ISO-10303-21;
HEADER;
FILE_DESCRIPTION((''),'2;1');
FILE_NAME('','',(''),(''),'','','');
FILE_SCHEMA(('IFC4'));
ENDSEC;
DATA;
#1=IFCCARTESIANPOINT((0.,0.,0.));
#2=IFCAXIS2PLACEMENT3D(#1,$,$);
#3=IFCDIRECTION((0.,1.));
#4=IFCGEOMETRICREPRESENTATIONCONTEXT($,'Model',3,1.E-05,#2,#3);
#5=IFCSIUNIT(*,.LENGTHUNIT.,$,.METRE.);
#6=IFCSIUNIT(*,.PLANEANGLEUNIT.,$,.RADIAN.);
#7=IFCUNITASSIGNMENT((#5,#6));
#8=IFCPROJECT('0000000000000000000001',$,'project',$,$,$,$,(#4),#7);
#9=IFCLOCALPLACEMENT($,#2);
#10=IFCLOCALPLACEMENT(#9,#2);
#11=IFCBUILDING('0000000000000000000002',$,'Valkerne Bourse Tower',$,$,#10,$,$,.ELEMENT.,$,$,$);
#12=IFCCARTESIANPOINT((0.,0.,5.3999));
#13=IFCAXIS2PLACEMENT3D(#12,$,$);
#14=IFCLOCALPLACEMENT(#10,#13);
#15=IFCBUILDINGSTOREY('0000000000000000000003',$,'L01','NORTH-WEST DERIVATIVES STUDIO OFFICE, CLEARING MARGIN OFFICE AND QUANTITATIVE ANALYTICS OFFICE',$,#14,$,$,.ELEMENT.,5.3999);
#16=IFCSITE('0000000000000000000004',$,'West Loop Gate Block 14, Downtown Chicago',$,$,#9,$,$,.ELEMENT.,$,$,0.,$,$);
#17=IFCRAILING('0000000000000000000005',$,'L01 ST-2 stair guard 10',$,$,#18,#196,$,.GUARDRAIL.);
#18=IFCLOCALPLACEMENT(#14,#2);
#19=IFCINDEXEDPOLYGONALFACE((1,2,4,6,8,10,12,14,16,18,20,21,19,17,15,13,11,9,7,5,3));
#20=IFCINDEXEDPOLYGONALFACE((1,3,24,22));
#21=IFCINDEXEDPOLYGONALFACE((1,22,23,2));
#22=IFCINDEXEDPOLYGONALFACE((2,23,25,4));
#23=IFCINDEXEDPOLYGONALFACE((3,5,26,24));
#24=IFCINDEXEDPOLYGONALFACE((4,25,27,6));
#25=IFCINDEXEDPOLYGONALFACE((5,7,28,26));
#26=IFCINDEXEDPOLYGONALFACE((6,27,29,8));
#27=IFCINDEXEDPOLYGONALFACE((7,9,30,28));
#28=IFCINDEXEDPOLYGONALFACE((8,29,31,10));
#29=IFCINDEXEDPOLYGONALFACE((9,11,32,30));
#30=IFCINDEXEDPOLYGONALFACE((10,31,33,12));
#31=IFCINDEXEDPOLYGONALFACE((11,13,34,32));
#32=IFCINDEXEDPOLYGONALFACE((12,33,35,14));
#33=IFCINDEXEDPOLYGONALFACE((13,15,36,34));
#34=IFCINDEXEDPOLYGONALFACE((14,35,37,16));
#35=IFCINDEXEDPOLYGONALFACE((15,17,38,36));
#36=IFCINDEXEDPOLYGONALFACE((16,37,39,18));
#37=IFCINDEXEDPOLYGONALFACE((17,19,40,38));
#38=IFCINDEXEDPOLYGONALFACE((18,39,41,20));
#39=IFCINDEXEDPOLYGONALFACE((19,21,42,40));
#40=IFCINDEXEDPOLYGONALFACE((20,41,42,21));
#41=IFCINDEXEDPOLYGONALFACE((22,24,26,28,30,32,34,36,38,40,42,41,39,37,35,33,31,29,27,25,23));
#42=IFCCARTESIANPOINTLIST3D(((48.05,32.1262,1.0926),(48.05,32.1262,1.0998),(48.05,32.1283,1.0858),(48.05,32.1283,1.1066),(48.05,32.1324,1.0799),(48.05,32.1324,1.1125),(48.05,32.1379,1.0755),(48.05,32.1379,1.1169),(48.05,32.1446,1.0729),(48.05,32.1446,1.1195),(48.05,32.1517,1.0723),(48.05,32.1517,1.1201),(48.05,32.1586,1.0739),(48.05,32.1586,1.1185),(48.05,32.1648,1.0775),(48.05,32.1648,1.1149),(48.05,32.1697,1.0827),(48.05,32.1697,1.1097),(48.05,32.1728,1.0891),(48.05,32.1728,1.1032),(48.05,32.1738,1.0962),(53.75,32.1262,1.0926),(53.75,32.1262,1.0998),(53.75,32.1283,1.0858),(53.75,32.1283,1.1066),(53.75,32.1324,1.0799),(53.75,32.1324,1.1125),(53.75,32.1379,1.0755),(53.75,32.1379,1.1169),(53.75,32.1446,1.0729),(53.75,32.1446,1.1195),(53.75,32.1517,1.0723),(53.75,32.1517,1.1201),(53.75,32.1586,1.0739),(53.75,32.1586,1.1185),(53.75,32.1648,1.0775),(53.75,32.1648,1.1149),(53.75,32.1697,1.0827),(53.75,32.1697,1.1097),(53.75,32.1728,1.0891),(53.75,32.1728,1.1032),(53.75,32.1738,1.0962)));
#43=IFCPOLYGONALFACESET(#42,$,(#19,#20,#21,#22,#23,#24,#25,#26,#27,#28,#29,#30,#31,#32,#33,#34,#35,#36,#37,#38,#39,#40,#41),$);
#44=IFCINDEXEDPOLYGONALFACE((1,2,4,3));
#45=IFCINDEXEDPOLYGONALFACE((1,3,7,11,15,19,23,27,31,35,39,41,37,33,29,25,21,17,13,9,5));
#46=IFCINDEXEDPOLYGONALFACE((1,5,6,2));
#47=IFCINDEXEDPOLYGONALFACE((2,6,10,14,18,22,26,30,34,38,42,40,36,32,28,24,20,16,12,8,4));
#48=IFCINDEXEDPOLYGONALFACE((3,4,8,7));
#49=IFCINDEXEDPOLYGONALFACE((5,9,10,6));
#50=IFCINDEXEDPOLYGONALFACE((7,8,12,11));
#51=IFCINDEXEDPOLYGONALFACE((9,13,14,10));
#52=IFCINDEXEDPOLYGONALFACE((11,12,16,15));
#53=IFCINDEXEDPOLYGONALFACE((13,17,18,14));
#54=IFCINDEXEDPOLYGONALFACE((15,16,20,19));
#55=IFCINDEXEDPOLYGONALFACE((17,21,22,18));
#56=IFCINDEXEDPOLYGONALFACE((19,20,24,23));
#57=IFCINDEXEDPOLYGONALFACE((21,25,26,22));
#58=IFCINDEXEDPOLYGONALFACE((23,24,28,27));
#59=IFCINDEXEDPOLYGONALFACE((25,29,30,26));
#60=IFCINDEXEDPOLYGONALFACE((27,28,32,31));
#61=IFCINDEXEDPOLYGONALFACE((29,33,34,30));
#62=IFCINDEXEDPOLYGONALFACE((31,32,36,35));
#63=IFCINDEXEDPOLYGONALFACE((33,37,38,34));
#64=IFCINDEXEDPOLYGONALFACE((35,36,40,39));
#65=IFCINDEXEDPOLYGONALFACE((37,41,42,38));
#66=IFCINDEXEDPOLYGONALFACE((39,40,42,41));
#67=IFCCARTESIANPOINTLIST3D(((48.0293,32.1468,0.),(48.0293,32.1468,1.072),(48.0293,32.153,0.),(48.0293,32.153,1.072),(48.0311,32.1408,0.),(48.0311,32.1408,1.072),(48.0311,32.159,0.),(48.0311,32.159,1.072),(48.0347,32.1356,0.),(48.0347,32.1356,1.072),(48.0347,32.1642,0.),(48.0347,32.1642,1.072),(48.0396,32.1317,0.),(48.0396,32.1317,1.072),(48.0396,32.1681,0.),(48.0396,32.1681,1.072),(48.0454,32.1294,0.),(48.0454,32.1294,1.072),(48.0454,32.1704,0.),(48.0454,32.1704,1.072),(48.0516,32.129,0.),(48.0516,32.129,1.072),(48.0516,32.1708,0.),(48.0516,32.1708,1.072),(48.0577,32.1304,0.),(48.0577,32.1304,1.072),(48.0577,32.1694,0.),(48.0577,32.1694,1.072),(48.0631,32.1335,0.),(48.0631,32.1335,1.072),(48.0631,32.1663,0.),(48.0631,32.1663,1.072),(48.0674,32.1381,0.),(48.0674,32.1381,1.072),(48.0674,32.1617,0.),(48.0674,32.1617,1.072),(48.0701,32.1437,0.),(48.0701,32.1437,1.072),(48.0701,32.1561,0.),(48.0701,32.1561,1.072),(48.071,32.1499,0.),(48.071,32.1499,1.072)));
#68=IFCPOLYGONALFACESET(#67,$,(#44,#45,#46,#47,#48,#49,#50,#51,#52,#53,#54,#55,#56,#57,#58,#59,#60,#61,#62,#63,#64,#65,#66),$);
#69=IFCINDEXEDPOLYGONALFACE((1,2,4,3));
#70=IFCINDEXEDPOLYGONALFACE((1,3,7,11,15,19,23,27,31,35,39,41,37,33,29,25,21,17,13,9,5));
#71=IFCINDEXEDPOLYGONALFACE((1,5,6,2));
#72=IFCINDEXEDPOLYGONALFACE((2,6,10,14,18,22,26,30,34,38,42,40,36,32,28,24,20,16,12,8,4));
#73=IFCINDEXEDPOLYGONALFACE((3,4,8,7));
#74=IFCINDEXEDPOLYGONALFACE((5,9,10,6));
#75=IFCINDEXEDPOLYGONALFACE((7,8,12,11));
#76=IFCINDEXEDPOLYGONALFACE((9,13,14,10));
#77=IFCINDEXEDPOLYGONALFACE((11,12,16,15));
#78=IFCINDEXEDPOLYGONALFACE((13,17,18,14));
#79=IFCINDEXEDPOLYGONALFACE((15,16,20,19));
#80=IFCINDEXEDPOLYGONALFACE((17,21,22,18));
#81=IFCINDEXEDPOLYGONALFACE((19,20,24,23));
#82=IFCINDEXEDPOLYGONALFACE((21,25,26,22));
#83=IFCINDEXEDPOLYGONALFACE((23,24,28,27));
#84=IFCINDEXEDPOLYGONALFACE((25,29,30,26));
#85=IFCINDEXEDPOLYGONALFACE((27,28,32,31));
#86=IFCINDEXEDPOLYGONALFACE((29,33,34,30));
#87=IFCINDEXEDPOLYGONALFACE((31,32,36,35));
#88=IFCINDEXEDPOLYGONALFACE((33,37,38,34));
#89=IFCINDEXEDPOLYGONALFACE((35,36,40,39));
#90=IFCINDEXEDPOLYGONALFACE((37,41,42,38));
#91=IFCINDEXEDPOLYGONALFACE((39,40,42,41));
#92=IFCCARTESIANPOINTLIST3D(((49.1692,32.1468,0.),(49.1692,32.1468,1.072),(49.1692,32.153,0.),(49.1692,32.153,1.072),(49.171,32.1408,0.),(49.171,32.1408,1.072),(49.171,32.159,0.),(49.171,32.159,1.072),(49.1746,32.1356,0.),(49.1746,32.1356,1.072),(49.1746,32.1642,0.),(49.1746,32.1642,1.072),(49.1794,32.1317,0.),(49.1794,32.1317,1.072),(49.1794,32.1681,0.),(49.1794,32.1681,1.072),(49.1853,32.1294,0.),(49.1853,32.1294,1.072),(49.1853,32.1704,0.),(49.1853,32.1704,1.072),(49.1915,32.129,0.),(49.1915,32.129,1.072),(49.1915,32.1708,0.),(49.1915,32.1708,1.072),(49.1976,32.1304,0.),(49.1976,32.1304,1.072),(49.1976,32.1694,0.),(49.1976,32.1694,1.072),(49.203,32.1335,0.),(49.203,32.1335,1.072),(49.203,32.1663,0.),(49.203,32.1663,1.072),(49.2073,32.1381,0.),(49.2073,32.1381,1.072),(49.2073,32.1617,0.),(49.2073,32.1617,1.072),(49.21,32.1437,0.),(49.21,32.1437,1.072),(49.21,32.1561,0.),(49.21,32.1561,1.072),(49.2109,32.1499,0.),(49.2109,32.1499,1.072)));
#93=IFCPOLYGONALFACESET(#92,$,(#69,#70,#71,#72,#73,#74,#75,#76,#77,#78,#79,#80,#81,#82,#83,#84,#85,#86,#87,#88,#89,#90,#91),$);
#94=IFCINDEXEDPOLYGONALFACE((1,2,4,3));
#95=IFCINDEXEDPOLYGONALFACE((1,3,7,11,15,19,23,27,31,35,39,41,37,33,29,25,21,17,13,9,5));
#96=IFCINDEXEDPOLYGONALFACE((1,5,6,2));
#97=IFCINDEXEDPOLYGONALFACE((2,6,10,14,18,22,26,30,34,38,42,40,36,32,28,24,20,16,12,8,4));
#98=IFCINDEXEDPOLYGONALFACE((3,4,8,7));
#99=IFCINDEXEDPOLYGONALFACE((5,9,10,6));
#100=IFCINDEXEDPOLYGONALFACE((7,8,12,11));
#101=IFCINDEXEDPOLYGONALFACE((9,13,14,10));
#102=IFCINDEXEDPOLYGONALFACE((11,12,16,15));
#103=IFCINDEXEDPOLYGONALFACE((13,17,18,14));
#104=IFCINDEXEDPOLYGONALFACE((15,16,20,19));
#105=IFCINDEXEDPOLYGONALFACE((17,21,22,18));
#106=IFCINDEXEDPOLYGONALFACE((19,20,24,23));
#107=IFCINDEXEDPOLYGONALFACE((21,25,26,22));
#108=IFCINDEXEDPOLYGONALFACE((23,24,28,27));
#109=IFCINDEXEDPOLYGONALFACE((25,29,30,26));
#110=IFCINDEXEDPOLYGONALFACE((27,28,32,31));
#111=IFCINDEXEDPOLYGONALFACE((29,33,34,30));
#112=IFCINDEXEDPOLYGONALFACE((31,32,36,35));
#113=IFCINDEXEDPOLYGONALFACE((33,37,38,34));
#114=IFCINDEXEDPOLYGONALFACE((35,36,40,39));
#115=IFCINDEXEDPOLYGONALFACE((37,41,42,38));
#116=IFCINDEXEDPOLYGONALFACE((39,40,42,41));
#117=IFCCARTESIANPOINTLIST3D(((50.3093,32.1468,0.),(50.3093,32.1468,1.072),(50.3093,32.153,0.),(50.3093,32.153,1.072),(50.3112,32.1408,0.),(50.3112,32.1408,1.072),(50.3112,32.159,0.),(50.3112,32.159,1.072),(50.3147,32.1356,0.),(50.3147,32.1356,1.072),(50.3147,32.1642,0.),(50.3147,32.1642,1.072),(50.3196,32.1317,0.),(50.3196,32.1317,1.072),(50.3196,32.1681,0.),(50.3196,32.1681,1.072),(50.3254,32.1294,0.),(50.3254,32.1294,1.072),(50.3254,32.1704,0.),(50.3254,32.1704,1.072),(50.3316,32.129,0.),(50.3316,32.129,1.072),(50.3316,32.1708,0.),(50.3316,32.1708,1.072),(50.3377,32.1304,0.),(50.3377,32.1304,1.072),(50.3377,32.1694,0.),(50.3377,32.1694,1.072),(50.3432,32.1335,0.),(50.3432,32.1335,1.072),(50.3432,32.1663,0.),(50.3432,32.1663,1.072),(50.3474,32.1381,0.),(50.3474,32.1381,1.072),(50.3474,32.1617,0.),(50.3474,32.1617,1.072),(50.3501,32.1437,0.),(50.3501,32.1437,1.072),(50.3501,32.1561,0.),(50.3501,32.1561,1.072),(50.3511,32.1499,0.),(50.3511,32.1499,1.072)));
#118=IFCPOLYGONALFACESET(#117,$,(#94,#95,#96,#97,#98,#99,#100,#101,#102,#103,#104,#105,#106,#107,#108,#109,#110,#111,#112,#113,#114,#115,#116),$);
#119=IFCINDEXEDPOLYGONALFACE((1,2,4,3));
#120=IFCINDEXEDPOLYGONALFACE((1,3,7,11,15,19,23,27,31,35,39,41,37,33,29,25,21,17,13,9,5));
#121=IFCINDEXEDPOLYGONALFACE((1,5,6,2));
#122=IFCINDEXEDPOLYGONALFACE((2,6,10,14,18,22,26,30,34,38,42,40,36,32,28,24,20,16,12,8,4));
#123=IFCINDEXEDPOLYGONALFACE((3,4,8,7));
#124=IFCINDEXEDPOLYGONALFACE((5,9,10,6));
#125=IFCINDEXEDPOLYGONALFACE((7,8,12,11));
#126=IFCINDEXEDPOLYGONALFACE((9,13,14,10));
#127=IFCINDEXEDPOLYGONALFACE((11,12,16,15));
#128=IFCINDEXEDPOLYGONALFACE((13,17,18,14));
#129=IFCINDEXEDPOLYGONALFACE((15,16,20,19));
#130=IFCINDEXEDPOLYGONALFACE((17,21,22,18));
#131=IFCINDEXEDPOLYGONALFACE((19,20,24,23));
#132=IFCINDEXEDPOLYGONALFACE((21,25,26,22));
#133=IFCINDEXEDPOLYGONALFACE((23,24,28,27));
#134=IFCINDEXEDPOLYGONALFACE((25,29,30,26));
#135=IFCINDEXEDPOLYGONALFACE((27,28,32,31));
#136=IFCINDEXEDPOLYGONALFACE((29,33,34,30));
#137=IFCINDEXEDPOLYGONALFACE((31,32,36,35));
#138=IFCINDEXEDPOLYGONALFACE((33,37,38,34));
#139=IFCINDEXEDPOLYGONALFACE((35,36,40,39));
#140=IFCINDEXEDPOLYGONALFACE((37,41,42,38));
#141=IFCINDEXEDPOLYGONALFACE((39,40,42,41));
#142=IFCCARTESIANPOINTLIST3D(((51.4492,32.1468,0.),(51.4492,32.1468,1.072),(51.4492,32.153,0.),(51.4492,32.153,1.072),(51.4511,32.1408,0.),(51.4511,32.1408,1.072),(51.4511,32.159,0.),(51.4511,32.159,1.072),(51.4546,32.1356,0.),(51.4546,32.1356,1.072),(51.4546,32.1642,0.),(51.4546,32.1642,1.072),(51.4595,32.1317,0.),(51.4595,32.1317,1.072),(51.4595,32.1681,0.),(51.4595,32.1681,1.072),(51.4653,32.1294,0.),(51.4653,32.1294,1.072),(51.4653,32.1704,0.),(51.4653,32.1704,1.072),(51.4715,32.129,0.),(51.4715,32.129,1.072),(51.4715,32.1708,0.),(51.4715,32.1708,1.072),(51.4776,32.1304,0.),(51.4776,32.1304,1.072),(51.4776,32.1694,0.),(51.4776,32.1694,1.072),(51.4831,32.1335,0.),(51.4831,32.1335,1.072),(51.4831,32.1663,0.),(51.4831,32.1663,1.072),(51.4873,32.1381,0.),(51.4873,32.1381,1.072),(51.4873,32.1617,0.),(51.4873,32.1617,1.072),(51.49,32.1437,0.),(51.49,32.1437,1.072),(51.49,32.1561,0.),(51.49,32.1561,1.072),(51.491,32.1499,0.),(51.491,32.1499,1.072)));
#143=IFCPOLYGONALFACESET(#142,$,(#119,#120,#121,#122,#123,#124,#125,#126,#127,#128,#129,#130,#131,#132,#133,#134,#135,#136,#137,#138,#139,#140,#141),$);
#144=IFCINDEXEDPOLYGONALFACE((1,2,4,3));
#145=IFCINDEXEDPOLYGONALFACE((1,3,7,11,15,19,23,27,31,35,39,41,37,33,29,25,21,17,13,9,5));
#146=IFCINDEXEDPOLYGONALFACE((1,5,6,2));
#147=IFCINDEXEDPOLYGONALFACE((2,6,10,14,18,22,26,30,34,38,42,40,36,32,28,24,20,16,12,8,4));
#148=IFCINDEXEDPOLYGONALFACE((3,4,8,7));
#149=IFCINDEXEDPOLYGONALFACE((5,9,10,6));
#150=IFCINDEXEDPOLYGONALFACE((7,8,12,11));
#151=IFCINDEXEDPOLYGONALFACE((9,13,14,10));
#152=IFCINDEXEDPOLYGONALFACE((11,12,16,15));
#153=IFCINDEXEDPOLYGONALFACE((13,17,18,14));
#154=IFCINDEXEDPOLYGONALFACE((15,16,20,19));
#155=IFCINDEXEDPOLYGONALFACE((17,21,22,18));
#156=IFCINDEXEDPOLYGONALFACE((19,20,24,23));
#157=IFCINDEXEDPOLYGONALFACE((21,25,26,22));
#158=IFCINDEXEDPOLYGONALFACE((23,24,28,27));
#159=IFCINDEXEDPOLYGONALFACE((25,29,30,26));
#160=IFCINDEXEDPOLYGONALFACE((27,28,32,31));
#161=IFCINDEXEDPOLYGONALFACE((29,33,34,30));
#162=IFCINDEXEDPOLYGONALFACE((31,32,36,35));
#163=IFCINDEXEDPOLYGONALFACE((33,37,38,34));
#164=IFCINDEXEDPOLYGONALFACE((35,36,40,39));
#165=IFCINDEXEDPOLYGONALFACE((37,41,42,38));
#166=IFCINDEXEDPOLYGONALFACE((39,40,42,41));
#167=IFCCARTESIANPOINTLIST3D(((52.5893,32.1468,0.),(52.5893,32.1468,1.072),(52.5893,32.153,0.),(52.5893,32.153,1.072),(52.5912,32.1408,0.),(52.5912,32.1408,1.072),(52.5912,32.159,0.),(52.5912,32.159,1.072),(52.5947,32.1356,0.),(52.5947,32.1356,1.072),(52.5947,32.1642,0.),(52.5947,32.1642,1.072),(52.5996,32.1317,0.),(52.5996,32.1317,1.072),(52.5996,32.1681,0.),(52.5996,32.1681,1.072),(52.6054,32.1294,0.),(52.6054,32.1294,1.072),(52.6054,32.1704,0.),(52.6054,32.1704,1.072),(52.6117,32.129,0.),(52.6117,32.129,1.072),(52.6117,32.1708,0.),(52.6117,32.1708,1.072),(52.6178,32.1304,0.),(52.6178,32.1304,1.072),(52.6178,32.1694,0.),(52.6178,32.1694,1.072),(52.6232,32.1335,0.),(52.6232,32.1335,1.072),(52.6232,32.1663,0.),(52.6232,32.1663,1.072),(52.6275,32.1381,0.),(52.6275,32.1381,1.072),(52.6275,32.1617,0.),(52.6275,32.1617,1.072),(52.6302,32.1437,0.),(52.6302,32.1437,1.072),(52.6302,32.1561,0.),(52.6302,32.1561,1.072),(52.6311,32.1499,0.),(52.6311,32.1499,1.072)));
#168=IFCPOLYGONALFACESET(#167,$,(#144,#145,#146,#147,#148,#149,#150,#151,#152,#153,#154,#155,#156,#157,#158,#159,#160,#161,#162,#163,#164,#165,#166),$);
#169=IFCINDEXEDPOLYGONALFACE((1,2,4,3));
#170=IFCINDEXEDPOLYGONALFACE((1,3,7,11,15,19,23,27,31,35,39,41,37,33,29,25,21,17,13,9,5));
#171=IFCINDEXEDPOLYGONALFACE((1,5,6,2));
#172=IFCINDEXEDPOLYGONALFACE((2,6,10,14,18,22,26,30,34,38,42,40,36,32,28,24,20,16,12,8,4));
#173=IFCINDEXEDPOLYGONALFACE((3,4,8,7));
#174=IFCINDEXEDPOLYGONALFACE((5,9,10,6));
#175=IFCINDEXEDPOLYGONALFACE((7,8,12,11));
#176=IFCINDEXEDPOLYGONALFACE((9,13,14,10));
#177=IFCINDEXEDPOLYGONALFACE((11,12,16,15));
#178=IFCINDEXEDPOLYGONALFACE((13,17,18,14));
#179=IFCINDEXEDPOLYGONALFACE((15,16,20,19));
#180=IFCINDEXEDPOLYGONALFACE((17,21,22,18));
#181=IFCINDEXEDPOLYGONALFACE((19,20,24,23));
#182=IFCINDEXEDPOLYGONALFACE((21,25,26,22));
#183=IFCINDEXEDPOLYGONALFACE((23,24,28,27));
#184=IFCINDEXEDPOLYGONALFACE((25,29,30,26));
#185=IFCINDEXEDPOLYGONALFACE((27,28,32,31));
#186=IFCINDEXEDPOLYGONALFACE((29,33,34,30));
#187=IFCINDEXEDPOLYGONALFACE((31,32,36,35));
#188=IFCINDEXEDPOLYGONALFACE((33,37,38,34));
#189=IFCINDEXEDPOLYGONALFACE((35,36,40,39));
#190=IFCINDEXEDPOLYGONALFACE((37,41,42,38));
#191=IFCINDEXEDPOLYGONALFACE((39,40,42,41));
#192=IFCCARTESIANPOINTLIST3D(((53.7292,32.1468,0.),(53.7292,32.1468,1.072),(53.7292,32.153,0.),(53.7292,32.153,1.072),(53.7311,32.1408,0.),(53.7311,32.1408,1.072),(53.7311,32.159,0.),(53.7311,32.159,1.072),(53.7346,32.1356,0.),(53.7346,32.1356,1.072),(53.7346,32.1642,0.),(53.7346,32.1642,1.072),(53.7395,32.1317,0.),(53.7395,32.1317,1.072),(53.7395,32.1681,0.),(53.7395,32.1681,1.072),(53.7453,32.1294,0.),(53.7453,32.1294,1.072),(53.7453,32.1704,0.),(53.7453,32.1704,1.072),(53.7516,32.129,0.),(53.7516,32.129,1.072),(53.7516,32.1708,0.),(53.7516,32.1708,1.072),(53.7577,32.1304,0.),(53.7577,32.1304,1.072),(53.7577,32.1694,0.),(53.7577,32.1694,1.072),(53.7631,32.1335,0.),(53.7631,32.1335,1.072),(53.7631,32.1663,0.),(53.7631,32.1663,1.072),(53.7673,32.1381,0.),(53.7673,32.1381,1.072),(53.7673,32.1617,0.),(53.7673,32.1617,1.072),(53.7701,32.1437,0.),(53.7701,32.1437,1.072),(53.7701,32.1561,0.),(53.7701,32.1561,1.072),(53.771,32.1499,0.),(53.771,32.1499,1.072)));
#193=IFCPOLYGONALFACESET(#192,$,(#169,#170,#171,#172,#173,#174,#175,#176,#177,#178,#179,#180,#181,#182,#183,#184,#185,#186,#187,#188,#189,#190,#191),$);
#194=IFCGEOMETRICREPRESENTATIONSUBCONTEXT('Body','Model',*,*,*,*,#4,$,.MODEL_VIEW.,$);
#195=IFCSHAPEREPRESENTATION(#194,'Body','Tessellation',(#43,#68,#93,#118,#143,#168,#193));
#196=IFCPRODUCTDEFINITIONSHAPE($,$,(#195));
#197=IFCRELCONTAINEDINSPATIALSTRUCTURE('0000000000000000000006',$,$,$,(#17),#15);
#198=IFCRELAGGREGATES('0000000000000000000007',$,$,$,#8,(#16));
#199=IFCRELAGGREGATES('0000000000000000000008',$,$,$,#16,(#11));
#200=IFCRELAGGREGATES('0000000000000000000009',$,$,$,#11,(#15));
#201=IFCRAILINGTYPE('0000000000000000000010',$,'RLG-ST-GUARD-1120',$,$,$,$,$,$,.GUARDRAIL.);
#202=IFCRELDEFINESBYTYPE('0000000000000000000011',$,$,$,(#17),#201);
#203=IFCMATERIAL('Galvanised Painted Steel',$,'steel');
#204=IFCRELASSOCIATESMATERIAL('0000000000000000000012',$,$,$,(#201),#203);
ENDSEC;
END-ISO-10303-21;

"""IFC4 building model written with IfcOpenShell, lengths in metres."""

from ifc_helpers import new_model, si_unit, direction, frame, origin, origin_2d, place, context, subcontext, project, spatial, circle, extrude, material, type_object, element, save


model = new_model("IFC4")

# Units and contexts
model_context = context("Model", 3, precision=1e-05, world=origin(), true_north=direction((0.0, 1.0)))
body_context = subcontext(model_context, "Body", "Model", "MODEL_VIEW")
ifc_project = project(units=[si_unit("LENGTHUNIT", "METRE"), si_unit("PLANEANGLEUNIT", "RADIAN")], contexts=[model_context])

# Site, building, storey
site_placement = place(None, origin())
site = spatial("IfcSite", under=ifc_project, at=site_placement, Name="West Loop Gate Block 14, Downtown Chicago", CompositionType="ELEMENT", RefElevation=0.0)
building_placement = place(site_placement, origin())
building = spatial("IfcBuilding", under=site, at=building_placement, Name="Valkerne Bourse Tower", CompositionType="ELEMENT")
storey_placement = place(building_placement, frame((0.0, 0.0, 5.3999)))
storey = spatial("IfcBuildingStorey", under=building, at=storey_placement, Name="L01", Description="NORTH-WEST DERIVATIVES STUDIO OFFICE, CLEARING MARGIN OFFICE AND QUANTITATIVE ANALYTICS OFFICE", CompositionType="ELEMENT", Elevation=5.3999)

# Shared definitions
ifc_material_1 = material(Name="Galvanised Painted Steel", Category="steel")

# Railing
railing_type_1 = type_object("IfcRailingType", Name="RLG-ST-GUARD-1120", PredefinedType="GUARDRAIL", material=ifc_material_1)
railing_1_placement = place(storey_placement, frame((48.05, 32.1499, 0.0)))
element("IfcRailing", 1, at=railing_1_placement, inside=storey, type_object=railing_type_1, Name="L01 ST-2 stair guard 10", PredefinedType="GUARDRAIL", context=body_context, shape_type="SweptSolid", body=[
    extrude(circle(Radius=0.0239, at=origin_2d()), frame((0.0, 0.0, 1.0962), z_axis=(1.0, 0.0, 0.0), x_axis=(0.0, 1.0, 0.0)), (0.0, 0.0, 1.0), 5.7),
    extrude(circle(Radius=0.021, at=origin_2d()), origin(), (0.0, 0.0, 1.0), 1.072),
    extrude(circle(Radius=0.021, at=origin_2d()), frame((1.1399, 0.0, 0.0)), (0.0, 0.0, 1.0), 1.072),
    extrude(circle(Radius=0.021, at=origin_2d()), frame((2.28, 0.0, 0.0)), (0.0, 0.0, 1.0), 1.072),
    extrude(circle(Radius=0.021, at=origin_2d()), frame((3.4199, 0.0, 0.0)), (0.0, 0.0, 1.0), 1.072),
    extrude(circle(Radius=0.021, at=origin_2d()), frame((4.5601, 0.0, 0.0)), (0.0, 0.0, 1.0), 1.072),
    extrude(circle(Radius=0.021, at=origin_2d()), frame((5.7, 0.0, 0.0)), (0.0, 0.0, 1.0), 1.072),
])

save(model, "model.ifc")
